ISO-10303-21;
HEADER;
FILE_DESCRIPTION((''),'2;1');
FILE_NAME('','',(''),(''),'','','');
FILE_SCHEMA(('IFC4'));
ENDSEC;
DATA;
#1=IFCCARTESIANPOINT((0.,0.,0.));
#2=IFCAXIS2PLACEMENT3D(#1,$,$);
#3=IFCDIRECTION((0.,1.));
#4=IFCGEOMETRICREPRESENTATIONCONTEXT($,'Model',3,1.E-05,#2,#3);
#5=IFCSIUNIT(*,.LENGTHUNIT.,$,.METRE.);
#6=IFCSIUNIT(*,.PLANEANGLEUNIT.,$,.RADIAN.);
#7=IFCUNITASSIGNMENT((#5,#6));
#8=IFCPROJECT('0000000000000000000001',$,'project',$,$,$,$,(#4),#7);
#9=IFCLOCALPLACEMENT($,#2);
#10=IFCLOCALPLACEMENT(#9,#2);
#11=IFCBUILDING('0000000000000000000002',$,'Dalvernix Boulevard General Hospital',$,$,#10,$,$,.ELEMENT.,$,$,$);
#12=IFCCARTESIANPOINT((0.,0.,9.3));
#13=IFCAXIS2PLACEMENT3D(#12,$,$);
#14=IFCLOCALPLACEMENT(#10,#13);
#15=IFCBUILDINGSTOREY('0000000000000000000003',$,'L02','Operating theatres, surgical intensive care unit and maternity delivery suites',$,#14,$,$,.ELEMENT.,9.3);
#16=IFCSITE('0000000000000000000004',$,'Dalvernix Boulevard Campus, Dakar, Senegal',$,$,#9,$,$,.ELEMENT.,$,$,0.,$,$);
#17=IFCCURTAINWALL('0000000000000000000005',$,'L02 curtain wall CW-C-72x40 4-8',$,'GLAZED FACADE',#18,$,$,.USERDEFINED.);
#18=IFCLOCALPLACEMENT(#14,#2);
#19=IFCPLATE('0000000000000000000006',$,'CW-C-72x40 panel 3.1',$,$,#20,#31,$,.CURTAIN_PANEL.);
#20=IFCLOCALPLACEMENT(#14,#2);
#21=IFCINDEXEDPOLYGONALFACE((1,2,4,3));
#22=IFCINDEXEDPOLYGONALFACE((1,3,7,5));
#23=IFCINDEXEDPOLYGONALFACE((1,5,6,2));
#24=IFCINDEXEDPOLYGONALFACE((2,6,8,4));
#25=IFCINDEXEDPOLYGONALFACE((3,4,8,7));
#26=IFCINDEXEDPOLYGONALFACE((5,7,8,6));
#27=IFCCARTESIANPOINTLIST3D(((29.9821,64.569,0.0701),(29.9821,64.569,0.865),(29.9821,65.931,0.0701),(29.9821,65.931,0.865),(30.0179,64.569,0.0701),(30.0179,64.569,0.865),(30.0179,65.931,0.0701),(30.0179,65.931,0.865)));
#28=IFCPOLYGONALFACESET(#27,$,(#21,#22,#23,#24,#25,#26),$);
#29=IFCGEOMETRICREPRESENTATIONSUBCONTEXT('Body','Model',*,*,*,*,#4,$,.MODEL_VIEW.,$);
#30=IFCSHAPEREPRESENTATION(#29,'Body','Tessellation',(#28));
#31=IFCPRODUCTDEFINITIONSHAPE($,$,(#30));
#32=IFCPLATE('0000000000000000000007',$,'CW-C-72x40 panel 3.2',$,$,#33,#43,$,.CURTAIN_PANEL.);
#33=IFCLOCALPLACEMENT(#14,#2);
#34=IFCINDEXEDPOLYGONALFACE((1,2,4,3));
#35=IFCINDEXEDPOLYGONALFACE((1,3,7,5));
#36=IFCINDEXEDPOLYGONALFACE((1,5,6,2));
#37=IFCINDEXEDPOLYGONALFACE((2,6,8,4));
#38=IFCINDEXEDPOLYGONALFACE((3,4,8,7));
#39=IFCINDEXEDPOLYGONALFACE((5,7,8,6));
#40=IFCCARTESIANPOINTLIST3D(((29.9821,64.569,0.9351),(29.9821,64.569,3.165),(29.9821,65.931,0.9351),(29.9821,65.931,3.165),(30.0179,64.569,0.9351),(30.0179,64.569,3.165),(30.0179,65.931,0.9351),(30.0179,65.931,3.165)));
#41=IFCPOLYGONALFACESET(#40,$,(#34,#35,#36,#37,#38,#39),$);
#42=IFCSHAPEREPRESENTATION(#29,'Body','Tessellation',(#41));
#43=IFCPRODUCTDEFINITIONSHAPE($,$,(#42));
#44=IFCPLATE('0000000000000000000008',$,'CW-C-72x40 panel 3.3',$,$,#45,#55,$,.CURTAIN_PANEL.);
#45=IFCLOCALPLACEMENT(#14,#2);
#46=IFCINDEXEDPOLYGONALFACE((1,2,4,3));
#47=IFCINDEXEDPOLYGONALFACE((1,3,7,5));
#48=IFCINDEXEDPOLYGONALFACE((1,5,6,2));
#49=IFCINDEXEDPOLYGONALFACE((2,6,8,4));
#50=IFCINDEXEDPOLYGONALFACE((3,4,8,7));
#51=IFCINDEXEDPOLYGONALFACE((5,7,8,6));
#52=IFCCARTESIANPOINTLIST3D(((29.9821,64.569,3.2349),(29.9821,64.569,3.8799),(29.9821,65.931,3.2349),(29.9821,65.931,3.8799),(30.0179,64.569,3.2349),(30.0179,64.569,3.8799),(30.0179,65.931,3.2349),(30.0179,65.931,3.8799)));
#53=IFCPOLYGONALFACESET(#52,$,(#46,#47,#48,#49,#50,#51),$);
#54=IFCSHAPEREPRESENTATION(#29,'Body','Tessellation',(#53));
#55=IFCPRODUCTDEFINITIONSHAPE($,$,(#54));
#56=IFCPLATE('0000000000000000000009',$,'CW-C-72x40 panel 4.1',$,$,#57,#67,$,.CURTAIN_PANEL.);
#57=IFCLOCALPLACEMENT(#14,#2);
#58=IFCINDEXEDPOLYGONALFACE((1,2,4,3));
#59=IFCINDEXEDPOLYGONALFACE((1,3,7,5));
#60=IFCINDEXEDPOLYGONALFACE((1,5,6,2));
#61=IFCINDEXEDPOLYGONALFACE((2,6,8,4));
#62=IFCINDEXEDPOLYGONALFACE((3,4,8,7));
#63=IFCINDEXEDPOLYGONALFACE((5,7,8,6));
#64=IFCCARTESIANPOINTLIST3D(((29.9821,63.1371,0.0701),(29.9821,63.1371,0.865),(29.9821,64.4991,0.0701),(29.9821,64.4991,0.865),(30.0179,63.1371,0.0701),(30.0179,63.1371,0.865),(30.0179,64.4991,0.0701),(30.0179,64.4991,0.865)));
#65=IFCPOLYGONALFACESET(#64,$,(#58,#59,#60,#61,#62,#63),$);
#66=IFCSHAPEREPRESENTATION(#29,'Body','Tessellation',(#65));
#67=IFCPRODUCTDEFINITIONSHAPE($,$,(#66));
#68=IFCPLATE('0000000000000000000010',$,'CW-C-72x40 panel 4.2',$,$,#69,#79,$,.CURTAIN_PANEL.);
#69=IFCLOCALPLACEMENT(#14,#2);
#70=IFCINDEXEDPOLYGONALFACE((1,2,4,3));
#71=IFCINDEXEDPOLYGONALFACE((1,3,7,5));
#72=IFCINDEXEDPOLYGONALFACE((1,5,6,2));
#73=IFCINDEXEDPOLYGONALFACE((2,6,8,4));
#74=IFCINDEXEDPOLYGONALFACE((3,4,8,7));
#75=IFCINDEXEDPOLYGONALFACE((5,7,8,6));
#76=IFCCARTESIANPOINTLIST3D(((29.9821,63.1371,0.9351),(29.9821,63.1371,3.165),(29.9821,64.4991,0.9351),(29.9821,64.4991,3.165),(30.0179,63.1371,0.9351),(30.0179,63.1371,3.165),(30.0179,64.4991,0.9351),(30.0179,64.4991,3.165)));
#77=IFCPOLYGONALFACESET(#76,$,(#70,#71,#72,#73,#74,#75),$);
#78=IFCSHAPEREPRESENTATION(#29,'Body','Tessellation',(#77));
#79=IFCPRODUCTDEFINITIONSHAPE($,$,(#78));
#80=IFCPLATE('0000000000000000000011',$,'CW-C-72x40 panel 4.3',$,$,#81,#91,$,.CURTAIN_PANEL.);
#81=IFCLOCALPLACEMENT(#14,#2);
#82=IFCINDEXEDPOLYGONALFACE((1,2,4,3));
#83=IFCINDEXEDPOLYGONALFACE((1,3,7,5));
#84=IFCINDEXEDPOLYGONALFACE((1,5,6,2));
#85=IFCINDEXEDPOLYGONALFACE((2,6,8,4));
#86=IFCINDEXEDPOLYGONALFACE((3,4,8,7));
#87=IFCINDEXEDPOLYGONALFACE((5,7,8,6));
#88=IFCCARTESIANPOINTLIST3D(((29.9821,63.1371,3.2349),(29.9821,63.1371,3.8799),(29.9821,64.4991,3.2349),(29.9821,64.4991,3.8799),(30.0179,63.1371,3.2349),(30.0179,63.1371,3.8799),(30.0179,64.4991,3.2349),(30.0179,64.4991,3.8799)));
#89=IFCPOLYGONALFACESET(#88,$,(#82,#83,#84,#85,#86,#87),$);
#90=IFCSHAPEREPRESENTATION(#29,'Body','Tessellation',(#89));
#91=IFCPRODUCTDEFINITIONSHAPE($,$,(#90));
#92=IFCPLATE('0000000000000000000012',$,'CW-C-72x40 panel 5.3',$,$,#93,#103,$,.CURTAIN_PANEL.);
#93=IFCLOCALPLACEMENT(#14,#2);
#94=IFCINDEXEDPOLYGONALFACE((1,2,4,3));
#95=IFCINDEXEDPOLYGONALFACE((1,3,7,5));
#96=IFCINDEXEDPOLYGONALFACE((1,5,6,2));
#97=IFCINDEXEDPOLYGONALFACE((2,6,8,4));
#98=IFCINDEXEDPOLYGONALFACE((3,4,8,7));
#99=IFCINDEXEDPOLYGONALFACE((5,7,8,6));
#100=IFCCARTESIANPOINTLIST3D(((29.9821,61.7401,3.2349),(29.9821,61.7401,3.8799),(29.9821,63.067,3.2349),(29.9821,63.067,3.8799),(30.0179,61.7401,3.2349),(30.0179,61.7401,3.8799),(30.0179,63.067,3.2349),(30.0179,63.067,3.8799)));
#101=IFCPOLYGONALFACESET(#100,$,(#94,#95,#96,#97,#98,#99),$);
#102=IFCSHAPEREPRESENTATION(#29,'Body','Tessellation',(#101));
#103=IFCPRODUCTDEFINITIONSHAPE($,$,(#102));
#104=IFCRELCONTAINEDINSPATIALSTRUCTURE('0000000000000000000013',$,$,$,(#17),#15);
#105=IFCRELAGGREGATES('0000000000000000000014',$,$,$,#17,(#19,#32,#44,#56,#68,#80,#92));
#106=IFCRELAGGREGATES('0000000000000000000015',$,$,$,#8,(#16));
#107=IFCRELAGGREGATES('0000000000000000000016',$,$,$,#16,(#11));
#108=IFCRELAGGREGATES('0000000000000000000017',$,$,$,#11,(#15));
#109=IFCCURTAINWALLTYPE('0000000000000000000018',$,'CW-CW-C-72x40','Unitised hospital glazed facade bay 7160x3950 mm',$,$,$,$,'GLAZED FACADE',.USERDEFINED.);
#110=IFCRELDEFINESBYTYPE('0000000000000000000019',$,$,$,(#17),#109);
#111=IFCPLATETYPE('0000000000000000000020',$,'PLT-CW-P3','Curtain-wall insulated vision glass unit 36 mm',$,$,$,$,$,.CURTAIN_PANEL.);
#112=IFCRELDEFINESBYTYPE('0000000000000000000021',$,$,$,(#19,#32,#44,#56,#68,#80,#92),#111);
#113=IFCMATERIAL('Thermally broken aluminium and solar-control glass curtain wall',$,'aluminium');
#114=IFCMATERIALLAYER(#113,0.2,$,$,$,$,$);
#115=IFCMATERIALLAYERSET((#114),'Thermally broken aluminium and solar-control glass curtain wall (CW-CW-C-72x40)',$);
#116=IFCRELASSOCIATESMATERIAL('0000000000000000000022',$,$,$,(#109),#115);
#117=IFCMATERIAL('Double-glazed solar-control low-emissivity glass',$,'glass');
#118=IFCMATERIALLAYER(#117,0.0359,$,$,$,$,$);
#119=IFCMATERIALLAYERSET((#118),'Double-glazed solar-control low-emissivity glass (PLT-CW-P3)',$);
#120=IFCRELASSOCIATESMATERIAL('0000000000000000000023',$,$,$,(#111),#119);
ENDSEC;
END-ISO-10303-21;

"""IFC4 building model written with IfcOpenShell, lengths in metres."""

from ifc_helpers import new_model, si_unit, direction, frame, origin, origin_2d, place, context, subcontext, project, spatial, rectangle, extrude, material, layer, layer_set, type_object, element, aggregate, save


model = new_model("IFC4")

# Units and contexts
model_context = context("Model", 3, precision=1e-05, world=origin(), true_north=direction((0.0, 1.0)))
body_context = subcontext(model_context, "Body", "Model", "MODEL_VIEW")
ifc_project = project(units=[si_unit("LENGTHUNIT", "METRE"), si_unit("PLANEANGLEUNIT", "RADIAN")], contexts=[model_context])

# Site, building, storey
site_placement = place(None, origin())
site = spatial("IfcSite", under=ifc_project, at=site_placement, Name="Dalvernix Boulevard Campus, Dakar, Senegal", CompositionType="ELEMENT", RefElevation=0.0)
building_placement = place(site_placement, origin())
building = spatial("IfcBuilding", under=site, at=building_placement, Name="Dalvernix Boulevard General Hospital", CompositionType="ELEMENT")
storey_placement = place(building_placement, frame((0.0, 0.0, 9.3)))
storey = spatial("IfcBuildingStorey", under=building, at=storey_placement, Name="L02", Description="Operating theatres, surgical intensive care unit and maternity delivery suites", CompositionType="ELEMENT", Elevation=9.3)

# Curtain wall, plates
ifc_material_1 = material(Name="Thermally broken aluminium and solar-control glass curtain wall", Category="aluminium")
ifc_layer_1 = layer(ifc_material_1, 0.2)
ifc_layer_set_1 = layer_set([ifc_layer_1], Name="Thermally broken aluminium and solar-control glass curtain wall (CW-CW-C-72x40)")
curtain_wall_type = type_object("IfcCurtainWallType", Name="CW-CW-C-72x40", Description="Unitised hospital glazed facade bay 7160x3950 mm", ElementType="GLAZED FACADE", PredefinedType="USERDEFINED", material=ifc_layer_set_1)
curtain_wall_placement = place(storey_placement, origin())
curtain_wall = element("IfcCurtainWall", 1, at=curtain_wall_placement, inside=storey, type_object=curtain_wall_type, Name="L02 curtain wall CW-C-72x40 4-8", ObjectType="GLAZED FACADE", PredefinedType="USERDEFINED")
ifc_material_2 = material(Name="Double-glazed solar-control low-emissivity glass", Category="glass")
ifc_layer_2 = layer(ifc_material_2, 0.0359)
ifc_layer_set_2 = layer_set([ifc_layer_2], Name="Double-glazed solar-control low-emissivity glass (PLT-CW-P3)")
plate_type = type_object("IfcPlateType", Name="PLT-CW-P3", Description="Curtain-wall insulated vision glass unit 36 mm", PredefinedType="CURTAIN_PANEL", material=ifc_layer_set_2)
plate_1_placement = place(storey_placement, frame((30.0, 65.25, 0.0701), z_axis=(0.0, 0.0, 1.0), x_axis=(0.0, -1.0, 0.0)))
plate_1 = element("IfcPlate", 2, at=plate_1_placement, type_object=plate_type, Name="CW-C-72x40 panel 3.1", PredefinedType="CURTAIN_PANEL", context=body_context, shape_type="SweptSolid", body=[
    extrude(rectangle(XDim=1.3621, YDim=0.0359, at=origin_2d()), origin(), (0.0, 0.0, 1.0), 0.7949),
])
plate_2_placement = place(storey_placement, frame((30.0, 65.25, 0.9351), z_axis=(0.0, 0.0, 1.0), x_axis=(0.0, -1.0, 0.0)))
plate_2 = element("IfcPlate", 3, at=plate_2_placement, type_object=plate_type, Name="CW-C-72x40 panel 3.2", PredefinedType="CURTAIN_PANEL", context=body_context, shape_type="SweptSolid", body=[
    extrude(rectangle(XDim=1.3621, YDim=0.0359, at=origin_2d()), origin(), (0.0, 0.0, 1.0), 2.23),
])
plate_3_placement = place(storey_placement, frame((30.0, 65.25, 3.2349), z_axis=(0.0, 0.0, 1.0), x_axis=(0.0, -1.0, 0.0)))
plate_3 = element("IfcPlate", 4, at=plate_3_placement, type_object=plate_type, Name="CW-C-72x40 panel 3.3", PredefinedType="CURTAIN_PANEL", context=body_context, shape_type="SweptSolid", body=[
    extrude(rectangle(XDim=1.3621, YDim=0.0359, at=origin_2d()), origin(), (0.0, 0.0, 1.0), 0.645),
])
plate_4_placement = place(storey_placement, frame((30.0, 63.8181, 0.0701), z_axis=(0.0, 0.0, 1.0), x_axis=(0.0, -1.0, 0.0)))
plate_4 = element("IfcPlate", 5, at=plate_4_placement, type_object=plate_type, Name="CW-C-72x40 panel 4.1", PredefinedType="CURTAIN_PANEL", context=body_context, shape_type="SweptSolid", body=[
    extrude(rectangle(XDim=1.3621, YDim=0.0359, at=origin_2d()), origin(), (0.0, 0.0, 1.0), 0.7949),
])
plate_5_placement = place(storey_placement, frame((30.0, 63.8181, 0.9351), z_axis=(0.0, 0.0, 1.0), x_axis=(0.0, -1.0, 0.0)))
plate_5 = element("IfcPlate", 6, at=plate_5_placement, type_object=plate_type, Name="CW-C-72x40 panel 4.2", PredefinedType="CURTAIN_PANEL", context=body_context, shape_type="SweptSolid", body=[
    extrude(rectangle(XDim=1.3621, YDim=0.0359, at=origin_2d()), origin(), (0.0, 0.0, 1.0), 2.23),
])
plate_6_placement = place(storey_placement, frame((30.0, 63.8181, 3.2349), z_axis=(0.0, 0.0, 1.0), x_axis=(0.0, -1.0, 0.0)))
plate_6 = element("IfcPlate", 7, at=plate_6_placement, type_object=plate_type, Name="CW-C-72x40 panel 4.3", PredefinedType="CURTAIN_PANEL", context=body_context, shape_type="SweptSolid", body=[
    extrude(rectangle(XDim=1.3621, YDim=0.0359, at=origin_2d()), origin(), (0.0, 0.0, 1.0), 0.645),
])
plate_7_placement = place(storey_placement, frame((30.0, 62.4036, 3.2349), z_axis=(0.0, 0.0, 1.0), x_axis=(0.0, -1.0, 0.0)))
plate_7 = element("IfcPlate", 8, at=plate_7_placement, type_object=plate_type, Name="CW-C-72x40 panel 5.3", PredefinedType="CURTAIN_PANEL", context=body_context, shape_type="SweptSolid", body=[
    extrude(rectangle(XDim=1.3269, YDim=0.0359, at=origin_2d()), origin(), (0.0, 0.0, 1.0), 0.645),
])
aggregate(curtain_wall, [plate_1, plate_2, plate_3, plate_4, plate_5, plate_6, plate_7])

save(model, "model.ifc")
